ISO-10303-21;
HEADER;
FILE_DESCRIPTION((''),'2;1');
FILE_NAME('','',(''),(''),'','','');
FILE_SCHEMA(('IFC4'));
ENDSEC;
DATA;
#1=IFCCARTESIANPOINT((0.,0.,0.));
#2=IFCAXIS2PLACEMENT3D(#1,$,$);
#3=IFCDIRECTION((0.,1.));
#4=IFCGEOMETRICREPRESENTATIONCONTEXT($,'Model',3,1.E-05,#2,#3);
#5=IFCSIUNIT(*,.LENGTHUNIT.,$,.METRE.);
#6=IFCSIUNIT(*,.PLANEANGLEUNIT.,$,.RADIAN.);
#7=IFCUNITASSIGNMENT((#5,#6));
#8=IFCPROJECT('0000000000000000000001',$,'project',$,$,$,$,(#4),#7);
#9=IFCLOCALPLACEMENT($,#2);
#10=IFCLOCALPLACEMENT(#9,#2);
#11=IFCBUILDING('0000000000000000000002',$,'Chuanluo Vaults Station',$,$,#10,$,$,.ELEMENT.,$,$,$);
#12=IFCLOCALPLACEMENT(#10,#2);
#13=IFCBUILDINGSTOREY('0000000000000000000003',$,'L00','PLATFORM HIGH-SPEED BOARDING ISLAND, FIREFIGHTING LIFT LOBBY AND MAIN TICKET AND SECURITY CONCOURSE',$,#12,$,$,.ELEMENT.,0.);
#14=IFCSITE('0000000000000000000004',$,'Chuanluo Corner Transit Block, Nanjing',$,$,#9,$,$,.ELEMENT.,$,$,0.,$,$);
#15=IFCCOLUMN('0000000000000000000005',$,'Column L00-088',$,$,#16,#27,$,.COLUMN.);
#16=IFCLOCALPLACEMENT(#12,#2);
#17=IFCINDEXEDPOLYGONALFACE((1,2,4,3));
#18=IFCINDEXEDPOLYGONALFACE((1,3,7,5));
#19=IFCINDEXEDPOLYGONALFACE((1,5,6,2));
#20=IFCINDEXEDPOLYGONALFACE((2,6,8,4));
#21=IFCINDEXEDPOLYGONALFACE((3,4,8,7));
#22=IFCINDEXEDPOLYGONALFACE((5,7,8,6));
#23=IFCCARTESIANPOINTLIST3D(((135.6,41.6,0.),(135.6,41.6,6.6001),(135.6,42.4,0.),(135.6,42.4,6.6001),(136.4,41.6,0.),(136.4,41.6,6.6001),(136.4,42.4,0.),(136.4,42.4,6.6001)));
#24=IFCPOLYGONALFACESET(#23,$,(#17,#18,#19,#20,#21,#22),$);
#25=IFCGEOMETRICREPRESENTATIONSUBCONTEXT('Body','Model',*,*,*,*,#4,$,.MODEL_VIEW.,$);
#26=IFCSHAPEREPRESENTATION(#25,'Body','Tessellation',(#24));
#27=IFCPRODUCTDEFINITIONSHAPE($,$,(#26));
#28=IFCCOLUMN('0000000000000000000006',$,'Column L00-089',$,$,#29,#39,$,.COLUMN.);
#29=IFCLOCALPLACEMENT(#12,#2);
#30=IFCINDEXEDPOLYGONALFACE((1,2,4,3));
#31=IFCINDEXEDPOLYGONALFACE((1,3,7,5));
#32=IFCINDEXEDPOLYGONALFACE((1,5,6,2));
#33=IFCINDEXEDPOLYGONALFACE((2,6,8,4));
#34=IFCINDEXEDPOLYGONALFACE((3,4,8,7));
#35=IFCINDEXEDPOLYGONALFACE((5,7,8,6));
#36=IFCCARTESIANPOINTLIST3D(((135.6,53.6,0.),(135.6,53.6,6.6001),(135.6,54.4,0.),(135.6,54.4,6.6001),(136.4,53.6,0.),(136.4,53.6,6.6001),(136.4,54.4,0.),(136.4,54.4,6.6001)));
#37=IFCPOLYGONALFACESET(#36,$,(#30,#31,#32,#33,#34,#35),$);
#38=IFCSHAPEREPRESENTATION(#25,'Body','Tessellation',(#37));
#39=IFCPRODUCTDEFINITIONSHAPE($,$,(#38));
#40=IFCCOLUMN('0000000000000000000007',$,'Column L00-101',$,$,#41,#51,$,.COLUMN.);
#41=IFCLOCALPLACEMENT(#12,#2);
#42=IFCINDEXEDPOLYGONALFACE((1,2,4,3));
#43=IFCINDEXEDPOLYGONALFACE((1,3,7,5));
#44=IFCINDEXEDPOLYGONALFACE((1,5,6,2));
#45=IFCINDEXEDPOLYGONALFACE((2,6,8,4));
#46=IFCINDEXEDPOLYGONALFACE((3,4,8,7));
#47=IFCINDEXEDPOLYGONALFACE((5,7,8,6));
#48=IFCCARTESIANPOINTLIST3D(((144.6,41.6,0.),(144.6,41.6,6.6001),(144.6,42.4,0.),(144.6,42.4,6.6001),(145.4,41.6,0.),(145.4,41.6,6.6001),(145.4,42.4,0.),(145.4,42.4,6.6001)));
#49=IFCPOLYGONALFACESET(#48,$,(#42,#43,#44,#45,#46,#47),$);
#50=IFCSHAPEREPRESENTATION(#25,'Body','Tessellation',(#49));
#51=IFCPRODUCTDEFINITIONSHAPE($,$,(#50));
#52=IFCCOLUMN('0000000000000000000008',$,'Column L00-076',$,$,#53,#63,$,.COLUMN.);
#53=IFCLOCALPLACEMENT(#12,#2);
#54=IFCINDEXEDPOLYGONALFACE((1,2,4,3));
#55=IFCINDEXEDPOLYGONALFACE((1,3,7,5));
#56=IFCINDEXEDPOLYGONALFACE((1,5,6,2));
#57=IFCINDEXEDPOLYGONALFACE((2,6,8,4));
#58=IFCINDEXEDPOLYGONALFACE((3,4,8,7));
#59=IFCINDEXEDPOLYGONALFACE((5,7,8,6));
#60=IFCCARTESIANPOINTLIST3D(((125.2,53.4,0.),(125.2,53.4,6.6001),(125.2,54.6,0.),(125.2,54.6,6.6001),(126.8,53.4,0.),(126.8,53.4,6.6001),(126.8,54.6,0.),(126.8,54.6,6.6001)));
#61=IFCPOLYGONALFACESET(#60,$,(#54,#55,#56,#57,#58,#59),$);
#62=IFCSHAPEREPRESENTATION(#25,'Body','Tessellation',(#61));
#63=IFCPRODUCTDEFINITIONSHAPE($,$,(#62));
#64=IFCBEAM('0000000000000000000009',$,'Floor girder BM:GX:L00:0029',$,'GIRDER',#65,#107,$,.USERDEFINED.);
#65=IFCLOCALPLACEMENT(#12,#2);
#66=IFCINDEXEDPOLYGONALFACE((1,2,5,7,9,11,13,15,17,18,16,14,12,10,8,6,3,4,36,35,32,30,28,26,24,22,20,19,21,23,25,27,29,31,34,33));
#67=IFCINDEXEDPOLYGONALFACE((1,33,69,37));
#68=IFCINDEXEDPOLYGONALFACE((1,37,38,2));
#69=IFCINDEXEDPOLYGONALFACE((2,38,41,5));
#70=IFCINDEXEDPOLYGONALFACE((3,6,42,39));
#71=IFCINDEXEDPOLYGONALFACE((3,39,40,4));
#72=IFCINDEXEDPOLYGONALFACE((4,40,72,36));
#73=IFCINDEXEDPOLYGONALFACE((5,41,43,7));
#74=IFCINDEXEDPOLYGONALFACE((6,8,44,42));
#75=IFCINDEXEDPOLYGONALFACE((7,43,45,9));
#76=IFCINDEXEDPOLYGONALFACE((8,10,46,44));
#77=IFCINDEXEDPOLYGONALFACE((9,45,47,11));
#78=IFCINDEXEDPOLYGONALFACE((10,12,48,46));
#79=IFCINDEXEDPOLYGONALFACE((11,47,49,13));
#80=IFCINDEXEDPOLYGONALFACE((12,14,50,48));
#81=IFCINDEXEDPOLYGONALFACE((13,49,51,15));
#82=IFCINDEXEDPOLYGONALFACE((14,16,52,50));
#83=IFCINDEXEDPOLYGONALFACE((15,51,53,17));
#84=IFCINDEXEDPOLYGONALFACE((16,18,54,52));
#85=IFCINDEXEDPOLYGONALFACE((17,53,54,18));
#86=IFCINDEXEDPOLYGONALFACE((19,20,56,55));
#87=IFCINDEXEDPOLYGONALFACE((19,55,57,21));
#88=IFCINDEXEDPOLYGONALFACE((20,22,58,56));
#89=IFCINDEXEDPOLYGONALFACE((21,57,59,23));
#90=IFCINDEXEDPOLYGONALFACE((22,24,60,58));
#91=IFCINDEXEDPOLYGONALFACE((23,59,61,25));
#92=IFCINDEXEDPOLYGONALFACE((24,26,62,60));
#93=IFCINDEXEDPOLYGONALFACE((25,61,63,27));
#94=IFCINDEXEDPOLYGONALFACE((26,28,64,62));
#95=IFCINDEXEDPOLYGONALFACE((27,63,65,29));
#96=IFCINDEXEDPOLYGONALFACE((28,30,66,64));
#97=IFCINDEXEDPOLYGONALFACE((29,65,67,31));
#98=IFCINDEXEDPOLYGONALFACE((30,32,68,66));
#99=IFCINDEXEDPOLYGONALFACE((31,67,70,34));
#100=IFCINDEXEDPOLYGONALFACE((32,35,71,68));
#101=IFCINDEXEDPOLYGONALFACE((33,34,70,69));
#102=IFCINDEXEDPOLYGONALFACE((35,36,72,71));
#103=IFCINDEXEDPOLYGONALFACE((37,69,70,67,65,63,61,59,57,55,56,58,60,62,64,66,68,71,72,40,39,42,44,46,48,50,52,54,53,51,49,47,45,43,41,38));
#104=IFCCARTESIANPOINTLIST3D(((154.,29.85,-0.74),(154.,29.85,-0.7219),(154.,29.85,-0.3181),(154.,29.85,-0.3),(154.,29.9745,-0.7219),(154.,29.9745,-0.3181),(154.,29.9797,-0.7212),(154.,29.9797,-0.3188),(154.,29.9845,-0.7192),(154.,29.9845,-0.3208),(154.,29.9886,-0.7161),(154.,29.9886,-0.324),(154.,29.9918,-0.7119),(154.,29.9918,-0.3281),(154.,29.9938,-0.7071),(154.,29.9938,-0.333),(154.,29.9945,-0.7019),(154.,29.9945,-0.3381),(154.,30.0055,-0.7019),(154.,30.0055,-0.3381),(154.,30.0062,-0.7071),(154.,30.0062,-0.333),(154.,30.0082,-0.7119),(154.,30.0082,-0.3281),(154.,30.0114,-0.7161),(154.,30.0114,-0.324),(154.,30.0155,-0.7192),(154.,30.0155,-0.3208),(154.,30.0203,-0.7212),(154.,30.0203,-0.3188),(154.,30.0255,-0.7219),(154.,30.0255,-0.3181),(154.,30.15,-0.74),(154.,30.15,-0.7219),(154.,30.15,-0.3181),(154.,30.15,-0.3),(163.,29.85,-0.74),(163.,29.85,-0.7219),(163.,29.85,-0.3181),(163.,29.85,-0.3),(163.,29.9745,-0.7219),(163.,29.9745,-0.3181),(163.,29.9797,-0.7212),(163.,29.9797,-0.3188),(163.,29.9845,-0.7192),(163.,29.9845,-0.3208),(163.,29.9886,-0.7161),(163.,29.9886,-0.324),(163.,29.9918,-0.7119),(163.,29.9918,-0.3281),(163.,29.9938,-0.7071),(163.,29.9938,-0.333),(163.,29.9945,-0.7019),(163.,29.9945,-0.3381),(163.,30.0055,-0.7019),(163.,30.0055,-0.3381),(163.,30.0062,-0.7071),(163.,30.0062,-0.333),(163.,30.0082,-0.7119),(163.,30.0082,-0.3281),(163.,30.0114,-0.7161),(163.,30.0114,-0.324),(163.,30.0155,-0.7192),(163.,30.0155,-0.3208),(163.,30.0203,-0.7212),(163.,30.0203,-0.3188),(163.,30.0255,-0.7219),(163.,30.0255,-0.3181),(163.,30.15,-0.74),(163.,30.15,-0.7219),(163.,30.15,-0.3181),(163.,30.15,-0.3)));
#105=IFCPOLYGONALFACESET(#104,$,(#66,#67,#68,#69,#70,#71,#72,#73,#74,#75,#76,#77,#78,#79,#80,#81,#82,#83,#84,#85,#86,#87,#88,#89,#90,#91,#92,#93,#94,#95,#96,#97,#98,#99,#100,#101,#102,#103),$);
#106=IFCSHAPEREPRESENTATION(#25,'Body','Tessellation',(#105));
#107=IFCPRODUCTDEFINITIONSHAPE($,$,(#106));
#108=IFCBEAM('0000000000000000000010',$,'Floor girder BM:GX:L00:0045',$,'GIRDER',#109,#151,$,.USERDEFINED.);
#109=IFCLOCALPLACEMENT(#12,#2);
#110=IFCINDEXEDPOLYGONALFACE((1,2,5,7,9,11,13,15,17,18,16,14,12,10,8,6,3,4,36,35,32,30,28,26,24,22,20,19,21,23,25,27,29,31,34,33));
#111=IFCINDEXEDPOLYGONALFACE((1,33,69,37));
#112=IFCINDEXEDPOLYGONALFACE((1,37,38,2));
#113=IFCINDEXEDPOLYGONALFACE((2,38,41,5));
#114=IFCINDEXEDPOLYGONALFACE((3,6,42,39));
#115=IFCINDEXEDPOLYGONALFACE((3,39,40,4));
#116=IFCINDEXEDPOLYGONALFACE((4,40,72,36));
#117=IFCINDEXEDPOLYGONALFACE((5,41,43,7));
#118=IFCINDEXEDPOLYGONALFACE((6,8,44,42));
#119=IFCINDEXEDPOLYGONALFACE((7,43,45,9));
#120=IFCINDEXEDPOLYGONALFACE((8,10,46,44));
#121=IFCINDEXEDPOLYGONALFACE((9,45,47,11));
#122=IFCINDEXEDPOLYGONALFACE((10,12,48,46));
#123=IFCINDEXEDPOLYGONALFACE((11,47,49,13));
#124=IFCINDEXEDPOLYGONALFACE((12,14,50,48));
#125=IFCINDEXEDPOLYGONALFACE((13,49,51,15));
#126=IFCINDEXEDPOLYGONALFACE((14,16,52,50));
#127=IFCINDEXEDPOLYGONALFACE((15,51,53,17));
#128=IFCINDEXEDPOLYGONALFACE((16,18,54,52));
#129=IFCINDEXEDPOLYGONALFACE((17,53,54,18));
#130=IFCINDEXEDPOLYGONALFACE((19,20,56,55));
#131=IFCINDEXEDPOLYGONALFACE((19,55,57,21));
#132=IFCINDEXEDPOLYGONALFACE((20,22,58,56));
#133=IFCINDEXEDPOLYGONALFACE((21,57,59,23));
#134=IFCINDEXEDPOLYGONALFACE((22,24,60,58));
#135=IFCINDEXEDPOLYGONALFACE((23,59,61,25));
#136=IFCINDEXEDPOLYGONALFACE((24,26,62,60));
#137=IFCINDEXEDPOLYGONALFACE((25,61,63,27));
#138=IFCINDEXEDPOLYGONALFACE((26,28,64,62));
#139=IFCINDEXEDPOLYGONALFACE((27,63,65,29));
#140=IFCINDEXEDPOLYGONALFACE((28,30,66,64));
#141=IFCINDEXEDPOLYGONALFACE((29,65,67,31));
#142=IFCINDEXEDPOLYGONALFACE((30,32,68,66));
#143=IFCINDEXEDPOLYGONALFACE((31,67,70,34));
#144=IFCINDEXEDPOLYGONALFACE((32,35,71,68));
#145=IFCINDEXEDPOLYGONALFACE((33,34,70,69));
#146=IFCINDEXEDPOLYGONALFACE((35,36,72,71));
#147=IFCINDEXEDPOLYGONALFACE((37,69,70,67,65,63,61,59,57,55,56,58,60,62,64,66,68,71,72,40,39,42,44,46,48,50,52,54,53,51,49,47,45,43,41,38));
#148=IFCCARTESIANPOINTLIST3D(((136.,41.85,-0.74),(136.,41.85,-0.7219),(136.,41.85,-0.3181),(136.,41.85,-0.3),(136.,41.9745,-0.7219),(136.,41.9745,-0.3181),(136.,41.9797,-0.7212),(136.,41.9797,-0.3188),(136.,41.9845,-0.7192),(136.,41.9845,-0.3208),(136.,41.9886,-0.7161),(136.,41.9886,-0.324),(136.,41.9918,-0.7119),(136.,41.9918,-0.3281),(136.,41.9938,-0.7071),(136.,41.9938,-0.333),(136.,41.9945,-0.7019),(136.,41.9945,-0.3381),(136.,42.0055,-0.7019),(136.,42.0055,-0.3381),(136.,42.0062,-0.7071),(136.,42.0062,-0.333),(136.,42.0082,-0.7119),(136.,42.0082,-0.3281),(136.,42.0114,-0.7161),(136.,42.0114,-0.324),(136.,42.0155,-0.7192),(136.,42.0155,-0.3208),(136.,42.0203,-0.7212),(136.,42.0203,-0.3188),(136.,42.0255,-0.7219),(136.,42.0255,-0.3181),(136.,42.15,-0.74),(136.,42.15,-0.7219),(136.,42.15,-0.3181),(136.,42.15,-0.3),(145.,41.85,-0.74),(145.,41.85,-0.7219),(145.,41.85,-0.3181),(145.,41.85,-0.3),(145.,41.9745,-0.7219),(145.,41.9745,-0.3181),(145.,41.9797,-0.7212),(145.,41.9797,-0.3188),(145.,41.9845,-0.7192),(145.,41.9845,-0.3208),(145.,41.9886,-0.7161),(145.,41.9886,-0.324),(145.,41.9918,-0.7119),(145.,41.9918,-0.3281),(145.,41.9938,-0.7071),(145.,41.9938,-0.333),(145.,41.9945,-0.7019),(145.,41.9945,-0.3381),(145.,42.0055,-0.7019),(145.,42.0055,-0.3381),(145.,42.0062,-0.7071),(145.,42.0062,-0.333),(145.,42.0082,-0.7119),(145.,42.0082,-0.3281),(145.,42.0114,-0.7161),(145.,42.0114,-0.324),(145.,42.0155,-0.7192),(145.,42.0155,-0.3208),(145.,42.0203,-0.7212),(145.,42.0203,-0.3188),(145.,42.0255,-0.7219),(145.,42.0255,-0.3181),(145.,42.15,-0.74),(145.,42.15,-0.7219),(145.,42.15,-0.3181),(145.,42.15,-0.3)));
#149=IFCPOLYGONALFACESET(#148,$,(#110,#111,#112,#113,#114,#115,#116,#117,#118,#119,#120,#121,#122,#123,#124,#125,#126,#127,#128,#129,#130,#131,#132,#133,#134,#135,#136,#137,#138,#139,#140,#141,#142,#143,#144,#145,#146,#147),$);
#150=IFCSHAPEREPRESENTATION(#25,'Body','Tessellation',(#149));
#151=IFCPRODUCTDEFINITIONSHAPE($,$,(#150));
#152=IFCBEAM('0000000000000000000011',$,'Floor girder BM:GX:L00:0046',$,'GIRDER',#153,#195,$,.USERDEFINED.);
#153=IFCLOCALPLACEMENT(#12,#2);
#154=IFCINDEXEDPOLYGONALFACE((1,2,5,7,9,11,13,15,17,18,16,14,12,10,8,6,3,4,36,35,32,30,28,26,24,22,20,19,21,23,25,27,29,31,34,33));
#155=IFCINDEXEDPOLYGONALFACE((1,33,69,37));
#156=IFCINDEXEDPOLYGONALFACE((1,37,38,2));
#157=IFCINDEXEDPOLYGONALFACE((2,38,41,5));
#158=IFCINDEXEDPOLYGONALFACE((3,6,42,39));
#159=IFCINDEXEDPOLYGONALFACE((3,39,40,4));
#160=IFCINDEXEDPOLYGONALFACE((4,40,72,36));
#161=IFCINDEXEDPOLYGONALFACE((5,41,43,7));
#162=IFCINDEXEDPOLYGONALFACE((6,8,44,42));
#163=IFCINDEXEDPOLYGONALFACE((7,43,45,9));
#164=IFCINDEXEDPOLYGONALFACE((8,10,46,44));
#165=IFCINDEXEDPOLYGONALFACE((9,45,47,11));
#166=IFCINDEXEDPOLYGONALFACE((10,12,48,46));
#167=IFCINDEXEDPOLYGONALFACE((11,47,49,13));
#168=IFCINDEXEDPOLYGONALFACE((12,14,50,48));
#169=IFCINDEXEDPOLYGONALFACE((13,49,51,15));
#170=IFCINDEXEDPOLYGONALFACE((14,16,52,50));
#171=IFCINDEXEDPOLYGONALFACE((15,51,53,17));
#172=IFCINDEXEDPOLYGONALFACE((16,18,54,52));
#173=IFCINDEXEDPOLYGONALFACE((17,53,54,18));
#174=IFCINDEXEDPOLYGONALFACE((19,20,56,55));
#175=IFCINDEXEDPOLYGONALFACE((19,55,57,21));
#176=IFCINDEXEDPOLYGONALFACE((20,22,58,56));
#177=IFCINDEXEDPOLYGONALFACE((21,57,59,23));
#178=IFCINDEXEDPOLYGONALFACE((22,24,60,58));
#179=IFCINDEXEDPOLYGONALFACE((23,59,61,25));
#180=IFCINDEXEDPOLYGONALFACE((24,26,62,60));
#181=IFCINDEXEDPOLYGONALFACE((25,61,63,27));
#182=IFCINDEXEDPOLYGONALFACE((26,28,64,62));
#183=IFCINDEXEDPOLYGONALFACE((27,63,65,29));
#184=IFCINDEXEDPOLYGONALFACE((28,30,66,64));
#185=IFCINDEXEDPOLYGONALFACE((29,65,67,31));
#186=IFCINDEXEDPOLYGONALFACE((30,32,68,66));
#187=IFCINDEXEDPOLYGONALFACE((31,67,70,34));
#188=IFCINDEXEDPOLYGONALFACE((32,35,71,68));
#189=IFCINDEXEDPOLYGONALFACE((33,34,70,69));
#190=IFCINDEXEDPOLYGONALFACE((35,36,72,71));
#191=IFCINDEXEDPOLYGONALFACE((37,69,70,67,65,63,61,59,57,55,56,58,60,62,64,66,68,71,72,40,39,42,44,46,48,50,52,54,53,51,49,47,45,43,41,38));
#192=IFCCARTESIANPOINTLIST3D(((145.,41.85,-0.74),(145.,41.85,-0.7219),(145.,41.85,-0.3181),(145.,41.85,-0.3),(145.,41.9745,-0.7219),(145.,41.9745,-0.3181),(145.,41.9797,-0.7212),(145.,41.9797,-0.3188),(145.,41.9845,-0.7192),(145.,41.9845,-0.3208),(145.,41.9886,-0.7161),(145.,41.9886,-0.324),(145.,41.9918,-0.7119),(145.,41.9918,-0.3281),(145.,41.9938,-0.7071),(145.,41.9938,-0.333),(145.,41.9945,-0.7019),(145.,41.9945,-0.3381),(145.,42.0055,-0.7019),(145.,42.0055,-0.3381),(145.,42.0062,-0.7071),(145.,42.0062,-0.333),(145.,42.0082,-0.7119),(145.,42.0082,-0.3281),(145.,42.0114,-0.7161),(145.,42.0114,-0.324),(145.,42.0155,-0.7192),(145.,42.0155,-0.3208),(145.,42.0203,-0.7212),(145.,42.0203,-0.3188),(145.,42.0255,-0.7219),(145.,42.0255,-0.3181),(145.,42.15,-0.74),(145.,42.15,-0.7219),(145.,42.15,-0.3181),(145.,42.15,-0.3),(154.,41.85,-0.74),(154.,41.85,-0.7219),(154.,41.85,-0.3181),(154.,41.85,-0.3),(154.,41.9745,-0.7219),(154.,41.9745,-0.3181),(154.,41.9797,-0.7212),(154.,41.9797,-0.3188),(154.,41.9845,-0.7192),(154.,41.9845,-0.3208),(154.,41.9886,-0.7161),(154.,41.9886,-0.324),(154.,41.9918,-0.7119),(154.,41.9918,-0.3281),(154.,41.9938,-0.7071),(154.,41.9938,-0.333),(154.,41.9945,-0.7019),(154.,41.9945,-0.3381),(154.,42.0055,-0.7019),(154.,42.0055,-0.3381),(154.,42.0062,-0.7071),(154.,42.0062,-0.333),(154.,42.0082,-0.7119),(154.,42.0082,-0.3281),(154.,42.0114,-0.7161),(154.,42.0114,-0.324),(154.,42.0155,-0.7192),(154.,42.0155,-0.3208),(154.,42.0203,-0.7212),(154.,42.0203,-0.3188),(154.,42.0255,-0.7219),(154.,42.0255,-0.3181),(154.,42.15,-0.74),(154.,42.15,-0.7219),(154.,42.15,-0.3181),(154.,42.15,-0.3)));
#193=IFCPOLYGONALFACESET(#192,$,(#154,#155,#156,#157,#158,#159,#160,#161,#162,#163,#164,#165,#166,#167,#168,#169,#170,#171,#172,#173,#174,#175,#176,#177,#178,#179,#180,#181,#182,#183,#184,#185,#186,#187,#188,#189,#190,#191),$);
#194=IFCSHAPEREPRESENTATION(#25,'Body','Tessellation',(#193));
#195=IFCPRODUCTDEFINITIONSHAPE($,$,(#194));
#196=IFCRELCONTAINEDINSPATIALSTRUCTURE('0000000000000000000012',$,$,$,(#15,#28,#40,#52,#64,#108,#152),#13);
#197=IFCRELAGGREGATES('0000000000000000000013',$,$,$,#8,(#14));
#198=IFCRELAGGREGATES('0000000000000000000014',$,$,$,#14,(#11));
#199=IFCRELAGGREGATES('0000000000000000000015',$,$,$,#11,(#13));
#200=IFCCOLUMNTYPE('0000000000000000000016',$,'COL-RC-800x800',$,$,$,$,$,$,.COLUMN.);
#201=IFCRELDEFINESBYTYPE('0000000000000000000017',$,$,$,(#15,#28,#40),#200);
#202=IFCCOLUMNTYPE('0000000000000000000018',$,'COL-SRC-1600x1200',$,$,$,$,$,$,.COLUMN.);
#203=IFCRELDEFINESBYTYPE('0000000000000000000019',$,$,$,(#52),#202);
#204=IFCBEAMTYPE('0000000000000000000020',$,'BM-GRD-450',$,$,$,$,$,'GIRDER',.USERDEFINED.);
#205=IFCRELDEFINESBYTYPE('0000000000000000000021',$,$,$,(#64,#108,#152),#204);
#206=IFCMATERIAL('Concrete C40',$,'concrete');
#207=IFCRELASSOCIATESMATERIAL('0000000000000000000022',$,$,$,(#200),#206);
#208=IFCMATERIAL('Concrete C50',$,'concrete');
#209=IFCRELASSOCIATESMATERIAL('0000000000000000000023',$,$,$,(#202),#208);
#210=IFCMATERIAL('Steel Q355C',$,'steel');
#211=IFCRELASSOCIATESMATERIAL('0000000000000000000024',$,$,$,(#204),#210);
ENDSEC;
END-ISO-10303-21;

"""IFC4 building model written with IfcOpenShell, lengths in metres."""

from ifc_helpers import new_model, si_unit, direction, frame, origin, origin_2d, place, context, subcontext, project, spatial, rectangle, i_section, extrude, material, material_profile, profile_set, type_object, element, save


model = new_model("IFC4")

# Units and contexts
model_context = context("Model", 3, precision=1e-05, world=origin(), true_north=direction((0.0, 1.0)))
body_context = subcontext(model_context, "Body", "Model", "MODEL_VIEW")
ifc_project = project(units=[si_unit("LENGTHUNIT", "METRE"), si_unit("PLANEANGLEUNIT", "RADIAN")], contexts=[model_context])

# Site, building, storey
site_placement = place(None, origin())
site = spatial("IfcSite", under=ifc_project, at=site_placement, Name="Chuanluo Corner Transit Block, Nanjing", CompositionType="ELEMENT", RefElevation=0.0)
building_placement = place(site_placement, origin())
building = spatial("IfcBuilding", under=site, at=building_placement, Name="Chuanluo Vaults Station", CompositionType="ELEMENT")
storey_placement = place(building_placement, origin())
storey = spatial("IfcBuildingStorey", under=building, at=storey_placement, Name="L00", Description="PLATFORM HIGH-SPEED BOARDING ISLAND, FIREFIGHTING LIFT LOBBY AND MAIN TICKET AND SECURITY CONCOURSE", CompositionType="ELEMENT", Elevation=0.0)

# Columns
ifc_material_1 = material(Name="Concrete C40", Category="concrete")
ifc_material_profile_1 = material_profile(ifc_material_1, rectangle(XDim=0.8, YDim=0.8, at=origin_2d()))
ifc_profile_set_1 = profile_set([ifc_material_profile_1], Name="Concrete C40")
column_type_1 = type_object("IfcColumnType", Name="COL-RC-800x800", PredefinedType="COLUMN", material=ifc_profile_set_1)
for number, where, z_axis, x_axis, name in (
    (1, (136.0, 42.0, 0.0), (0.0, 0.0, 1.0), (1.0, 0.0, 0.0), "Column L00-088"),
    (2, (136.0, 54.0, 0.0), (0.0, 0.0, 1.0), (1.0, 0.0, 0.0), "Column L00-089"),
    (3, (145.0, 42.0, 0.0), (0.0, 0.0, 1.0), (1.0, 0.0, 0.0), "Column L00-101"),
):
    element("IfcColumn", number, at=place(storey_placement, frame(where, z_axis=z_axis, x_axis=x_axis)), inside=storey, type_object=column_type_1, Name=name, PredefinedType="COLUMN", context=body_context, shape_type="SweptSolid", body=[
        extrude(rectangle(XDim=0.8, YDim=0.8, at=origin_2d()), origin(), (0.0, 0.0, 1.0), 6.6001),
    ])
ifc_material_2 = material(Name="Concrete C50", Category="concrete")
ifc_material_profile_2 = material_profile(ifc_material_2, rectangle(XDim=1.6001, YDim=1.2, at=origin_2d()))
ifc_profile_set_2 = profile_set([ifc_material_profile_2], Name="Concrete C50")
column_type_2 = type_object("IfcColumnType", Name="COL-SRC-1600x1200", PredefinedType="COLUMN", material=ifc_profile_set_2)
column_placement = place(storey_placement, frame((126.0, 54.0, 0.0), z_axis=(0.0, 0.0, 1.0), x_axis=(1.0, 0.0, 0.0)))
element("IfcColumn", 4, at=column_placement, inside=storey, type_object=column_type_2, Name="Column L00-076", PredefinedType="COLUMN", context=body_context, shape_type="SweptSolid", body=[
    extrude(rectangle(XDim=1.6001, YDim=1.2, at=origin_2d()), origin(), (0.0, 0.0, 1.0), 6.6001),
])

# Beams
ifc_material_3 = material(Name="Steel Q355C", Category="steel")
ifc_material_profile_3 = material_profile(ifc_material_3, i_section(OverallWidth=0.3, OverallDepth=0.4399, WebThickness=0.011, FlangeThickness=0.0181, FilletRadius=0.02, at=origin_2d()))
ifc_profile_set_3 = profile_set([ifc_material_profile_3], Name="Steel Q355C")
beam_type_1 = type_object("IfcBeamType", Name="BM-GRD-450", ElementType="GIRDER", PredefinedType="USERDEFINED", material=ifc_profile_set_3)
for number, where, z_axis, x_axis, name in (
    (5, (154.0, 30.0, -0.52), (1.0, 0.0, 0.0), (0.0, 1.0, 0.0), "Floor girder BM:GX:L00:0029"),
    (6, (136.0, 42.0, -0.52), (1.0, 0.0, 0.0), (0.0, 1.0, 0.0), "Floor girder BM:GX:L00:0045"),
    (7, (145.0, 42.0, -0.52), (1.0, 0.0, 0.0), (0.0, 1.0, 0.0), "Floor girder BM:GX:L00:0046"),
):
    element("IfcBeam", number, at=place(storey_placement, frame(where, z_axis=z_axis, x_axis=x_axis)), inside=storey, type_object=beam_type_1, Name=name, ObjectType="GIRDER", PredefinedType="USERDEFINED", context=body_context, shape_type="SweptSolid", body=[
        extrude(i_section(OverallWidth=0.3, OverallDepth=0.4399, WebThickness=0.011, FlangeThickness=0.0181, FilletRadius=0.02, at=origin_2d()), origin(), (0.0, 0.0, 1.0), 9.0),
    ])

save(model, "model.ifc")
